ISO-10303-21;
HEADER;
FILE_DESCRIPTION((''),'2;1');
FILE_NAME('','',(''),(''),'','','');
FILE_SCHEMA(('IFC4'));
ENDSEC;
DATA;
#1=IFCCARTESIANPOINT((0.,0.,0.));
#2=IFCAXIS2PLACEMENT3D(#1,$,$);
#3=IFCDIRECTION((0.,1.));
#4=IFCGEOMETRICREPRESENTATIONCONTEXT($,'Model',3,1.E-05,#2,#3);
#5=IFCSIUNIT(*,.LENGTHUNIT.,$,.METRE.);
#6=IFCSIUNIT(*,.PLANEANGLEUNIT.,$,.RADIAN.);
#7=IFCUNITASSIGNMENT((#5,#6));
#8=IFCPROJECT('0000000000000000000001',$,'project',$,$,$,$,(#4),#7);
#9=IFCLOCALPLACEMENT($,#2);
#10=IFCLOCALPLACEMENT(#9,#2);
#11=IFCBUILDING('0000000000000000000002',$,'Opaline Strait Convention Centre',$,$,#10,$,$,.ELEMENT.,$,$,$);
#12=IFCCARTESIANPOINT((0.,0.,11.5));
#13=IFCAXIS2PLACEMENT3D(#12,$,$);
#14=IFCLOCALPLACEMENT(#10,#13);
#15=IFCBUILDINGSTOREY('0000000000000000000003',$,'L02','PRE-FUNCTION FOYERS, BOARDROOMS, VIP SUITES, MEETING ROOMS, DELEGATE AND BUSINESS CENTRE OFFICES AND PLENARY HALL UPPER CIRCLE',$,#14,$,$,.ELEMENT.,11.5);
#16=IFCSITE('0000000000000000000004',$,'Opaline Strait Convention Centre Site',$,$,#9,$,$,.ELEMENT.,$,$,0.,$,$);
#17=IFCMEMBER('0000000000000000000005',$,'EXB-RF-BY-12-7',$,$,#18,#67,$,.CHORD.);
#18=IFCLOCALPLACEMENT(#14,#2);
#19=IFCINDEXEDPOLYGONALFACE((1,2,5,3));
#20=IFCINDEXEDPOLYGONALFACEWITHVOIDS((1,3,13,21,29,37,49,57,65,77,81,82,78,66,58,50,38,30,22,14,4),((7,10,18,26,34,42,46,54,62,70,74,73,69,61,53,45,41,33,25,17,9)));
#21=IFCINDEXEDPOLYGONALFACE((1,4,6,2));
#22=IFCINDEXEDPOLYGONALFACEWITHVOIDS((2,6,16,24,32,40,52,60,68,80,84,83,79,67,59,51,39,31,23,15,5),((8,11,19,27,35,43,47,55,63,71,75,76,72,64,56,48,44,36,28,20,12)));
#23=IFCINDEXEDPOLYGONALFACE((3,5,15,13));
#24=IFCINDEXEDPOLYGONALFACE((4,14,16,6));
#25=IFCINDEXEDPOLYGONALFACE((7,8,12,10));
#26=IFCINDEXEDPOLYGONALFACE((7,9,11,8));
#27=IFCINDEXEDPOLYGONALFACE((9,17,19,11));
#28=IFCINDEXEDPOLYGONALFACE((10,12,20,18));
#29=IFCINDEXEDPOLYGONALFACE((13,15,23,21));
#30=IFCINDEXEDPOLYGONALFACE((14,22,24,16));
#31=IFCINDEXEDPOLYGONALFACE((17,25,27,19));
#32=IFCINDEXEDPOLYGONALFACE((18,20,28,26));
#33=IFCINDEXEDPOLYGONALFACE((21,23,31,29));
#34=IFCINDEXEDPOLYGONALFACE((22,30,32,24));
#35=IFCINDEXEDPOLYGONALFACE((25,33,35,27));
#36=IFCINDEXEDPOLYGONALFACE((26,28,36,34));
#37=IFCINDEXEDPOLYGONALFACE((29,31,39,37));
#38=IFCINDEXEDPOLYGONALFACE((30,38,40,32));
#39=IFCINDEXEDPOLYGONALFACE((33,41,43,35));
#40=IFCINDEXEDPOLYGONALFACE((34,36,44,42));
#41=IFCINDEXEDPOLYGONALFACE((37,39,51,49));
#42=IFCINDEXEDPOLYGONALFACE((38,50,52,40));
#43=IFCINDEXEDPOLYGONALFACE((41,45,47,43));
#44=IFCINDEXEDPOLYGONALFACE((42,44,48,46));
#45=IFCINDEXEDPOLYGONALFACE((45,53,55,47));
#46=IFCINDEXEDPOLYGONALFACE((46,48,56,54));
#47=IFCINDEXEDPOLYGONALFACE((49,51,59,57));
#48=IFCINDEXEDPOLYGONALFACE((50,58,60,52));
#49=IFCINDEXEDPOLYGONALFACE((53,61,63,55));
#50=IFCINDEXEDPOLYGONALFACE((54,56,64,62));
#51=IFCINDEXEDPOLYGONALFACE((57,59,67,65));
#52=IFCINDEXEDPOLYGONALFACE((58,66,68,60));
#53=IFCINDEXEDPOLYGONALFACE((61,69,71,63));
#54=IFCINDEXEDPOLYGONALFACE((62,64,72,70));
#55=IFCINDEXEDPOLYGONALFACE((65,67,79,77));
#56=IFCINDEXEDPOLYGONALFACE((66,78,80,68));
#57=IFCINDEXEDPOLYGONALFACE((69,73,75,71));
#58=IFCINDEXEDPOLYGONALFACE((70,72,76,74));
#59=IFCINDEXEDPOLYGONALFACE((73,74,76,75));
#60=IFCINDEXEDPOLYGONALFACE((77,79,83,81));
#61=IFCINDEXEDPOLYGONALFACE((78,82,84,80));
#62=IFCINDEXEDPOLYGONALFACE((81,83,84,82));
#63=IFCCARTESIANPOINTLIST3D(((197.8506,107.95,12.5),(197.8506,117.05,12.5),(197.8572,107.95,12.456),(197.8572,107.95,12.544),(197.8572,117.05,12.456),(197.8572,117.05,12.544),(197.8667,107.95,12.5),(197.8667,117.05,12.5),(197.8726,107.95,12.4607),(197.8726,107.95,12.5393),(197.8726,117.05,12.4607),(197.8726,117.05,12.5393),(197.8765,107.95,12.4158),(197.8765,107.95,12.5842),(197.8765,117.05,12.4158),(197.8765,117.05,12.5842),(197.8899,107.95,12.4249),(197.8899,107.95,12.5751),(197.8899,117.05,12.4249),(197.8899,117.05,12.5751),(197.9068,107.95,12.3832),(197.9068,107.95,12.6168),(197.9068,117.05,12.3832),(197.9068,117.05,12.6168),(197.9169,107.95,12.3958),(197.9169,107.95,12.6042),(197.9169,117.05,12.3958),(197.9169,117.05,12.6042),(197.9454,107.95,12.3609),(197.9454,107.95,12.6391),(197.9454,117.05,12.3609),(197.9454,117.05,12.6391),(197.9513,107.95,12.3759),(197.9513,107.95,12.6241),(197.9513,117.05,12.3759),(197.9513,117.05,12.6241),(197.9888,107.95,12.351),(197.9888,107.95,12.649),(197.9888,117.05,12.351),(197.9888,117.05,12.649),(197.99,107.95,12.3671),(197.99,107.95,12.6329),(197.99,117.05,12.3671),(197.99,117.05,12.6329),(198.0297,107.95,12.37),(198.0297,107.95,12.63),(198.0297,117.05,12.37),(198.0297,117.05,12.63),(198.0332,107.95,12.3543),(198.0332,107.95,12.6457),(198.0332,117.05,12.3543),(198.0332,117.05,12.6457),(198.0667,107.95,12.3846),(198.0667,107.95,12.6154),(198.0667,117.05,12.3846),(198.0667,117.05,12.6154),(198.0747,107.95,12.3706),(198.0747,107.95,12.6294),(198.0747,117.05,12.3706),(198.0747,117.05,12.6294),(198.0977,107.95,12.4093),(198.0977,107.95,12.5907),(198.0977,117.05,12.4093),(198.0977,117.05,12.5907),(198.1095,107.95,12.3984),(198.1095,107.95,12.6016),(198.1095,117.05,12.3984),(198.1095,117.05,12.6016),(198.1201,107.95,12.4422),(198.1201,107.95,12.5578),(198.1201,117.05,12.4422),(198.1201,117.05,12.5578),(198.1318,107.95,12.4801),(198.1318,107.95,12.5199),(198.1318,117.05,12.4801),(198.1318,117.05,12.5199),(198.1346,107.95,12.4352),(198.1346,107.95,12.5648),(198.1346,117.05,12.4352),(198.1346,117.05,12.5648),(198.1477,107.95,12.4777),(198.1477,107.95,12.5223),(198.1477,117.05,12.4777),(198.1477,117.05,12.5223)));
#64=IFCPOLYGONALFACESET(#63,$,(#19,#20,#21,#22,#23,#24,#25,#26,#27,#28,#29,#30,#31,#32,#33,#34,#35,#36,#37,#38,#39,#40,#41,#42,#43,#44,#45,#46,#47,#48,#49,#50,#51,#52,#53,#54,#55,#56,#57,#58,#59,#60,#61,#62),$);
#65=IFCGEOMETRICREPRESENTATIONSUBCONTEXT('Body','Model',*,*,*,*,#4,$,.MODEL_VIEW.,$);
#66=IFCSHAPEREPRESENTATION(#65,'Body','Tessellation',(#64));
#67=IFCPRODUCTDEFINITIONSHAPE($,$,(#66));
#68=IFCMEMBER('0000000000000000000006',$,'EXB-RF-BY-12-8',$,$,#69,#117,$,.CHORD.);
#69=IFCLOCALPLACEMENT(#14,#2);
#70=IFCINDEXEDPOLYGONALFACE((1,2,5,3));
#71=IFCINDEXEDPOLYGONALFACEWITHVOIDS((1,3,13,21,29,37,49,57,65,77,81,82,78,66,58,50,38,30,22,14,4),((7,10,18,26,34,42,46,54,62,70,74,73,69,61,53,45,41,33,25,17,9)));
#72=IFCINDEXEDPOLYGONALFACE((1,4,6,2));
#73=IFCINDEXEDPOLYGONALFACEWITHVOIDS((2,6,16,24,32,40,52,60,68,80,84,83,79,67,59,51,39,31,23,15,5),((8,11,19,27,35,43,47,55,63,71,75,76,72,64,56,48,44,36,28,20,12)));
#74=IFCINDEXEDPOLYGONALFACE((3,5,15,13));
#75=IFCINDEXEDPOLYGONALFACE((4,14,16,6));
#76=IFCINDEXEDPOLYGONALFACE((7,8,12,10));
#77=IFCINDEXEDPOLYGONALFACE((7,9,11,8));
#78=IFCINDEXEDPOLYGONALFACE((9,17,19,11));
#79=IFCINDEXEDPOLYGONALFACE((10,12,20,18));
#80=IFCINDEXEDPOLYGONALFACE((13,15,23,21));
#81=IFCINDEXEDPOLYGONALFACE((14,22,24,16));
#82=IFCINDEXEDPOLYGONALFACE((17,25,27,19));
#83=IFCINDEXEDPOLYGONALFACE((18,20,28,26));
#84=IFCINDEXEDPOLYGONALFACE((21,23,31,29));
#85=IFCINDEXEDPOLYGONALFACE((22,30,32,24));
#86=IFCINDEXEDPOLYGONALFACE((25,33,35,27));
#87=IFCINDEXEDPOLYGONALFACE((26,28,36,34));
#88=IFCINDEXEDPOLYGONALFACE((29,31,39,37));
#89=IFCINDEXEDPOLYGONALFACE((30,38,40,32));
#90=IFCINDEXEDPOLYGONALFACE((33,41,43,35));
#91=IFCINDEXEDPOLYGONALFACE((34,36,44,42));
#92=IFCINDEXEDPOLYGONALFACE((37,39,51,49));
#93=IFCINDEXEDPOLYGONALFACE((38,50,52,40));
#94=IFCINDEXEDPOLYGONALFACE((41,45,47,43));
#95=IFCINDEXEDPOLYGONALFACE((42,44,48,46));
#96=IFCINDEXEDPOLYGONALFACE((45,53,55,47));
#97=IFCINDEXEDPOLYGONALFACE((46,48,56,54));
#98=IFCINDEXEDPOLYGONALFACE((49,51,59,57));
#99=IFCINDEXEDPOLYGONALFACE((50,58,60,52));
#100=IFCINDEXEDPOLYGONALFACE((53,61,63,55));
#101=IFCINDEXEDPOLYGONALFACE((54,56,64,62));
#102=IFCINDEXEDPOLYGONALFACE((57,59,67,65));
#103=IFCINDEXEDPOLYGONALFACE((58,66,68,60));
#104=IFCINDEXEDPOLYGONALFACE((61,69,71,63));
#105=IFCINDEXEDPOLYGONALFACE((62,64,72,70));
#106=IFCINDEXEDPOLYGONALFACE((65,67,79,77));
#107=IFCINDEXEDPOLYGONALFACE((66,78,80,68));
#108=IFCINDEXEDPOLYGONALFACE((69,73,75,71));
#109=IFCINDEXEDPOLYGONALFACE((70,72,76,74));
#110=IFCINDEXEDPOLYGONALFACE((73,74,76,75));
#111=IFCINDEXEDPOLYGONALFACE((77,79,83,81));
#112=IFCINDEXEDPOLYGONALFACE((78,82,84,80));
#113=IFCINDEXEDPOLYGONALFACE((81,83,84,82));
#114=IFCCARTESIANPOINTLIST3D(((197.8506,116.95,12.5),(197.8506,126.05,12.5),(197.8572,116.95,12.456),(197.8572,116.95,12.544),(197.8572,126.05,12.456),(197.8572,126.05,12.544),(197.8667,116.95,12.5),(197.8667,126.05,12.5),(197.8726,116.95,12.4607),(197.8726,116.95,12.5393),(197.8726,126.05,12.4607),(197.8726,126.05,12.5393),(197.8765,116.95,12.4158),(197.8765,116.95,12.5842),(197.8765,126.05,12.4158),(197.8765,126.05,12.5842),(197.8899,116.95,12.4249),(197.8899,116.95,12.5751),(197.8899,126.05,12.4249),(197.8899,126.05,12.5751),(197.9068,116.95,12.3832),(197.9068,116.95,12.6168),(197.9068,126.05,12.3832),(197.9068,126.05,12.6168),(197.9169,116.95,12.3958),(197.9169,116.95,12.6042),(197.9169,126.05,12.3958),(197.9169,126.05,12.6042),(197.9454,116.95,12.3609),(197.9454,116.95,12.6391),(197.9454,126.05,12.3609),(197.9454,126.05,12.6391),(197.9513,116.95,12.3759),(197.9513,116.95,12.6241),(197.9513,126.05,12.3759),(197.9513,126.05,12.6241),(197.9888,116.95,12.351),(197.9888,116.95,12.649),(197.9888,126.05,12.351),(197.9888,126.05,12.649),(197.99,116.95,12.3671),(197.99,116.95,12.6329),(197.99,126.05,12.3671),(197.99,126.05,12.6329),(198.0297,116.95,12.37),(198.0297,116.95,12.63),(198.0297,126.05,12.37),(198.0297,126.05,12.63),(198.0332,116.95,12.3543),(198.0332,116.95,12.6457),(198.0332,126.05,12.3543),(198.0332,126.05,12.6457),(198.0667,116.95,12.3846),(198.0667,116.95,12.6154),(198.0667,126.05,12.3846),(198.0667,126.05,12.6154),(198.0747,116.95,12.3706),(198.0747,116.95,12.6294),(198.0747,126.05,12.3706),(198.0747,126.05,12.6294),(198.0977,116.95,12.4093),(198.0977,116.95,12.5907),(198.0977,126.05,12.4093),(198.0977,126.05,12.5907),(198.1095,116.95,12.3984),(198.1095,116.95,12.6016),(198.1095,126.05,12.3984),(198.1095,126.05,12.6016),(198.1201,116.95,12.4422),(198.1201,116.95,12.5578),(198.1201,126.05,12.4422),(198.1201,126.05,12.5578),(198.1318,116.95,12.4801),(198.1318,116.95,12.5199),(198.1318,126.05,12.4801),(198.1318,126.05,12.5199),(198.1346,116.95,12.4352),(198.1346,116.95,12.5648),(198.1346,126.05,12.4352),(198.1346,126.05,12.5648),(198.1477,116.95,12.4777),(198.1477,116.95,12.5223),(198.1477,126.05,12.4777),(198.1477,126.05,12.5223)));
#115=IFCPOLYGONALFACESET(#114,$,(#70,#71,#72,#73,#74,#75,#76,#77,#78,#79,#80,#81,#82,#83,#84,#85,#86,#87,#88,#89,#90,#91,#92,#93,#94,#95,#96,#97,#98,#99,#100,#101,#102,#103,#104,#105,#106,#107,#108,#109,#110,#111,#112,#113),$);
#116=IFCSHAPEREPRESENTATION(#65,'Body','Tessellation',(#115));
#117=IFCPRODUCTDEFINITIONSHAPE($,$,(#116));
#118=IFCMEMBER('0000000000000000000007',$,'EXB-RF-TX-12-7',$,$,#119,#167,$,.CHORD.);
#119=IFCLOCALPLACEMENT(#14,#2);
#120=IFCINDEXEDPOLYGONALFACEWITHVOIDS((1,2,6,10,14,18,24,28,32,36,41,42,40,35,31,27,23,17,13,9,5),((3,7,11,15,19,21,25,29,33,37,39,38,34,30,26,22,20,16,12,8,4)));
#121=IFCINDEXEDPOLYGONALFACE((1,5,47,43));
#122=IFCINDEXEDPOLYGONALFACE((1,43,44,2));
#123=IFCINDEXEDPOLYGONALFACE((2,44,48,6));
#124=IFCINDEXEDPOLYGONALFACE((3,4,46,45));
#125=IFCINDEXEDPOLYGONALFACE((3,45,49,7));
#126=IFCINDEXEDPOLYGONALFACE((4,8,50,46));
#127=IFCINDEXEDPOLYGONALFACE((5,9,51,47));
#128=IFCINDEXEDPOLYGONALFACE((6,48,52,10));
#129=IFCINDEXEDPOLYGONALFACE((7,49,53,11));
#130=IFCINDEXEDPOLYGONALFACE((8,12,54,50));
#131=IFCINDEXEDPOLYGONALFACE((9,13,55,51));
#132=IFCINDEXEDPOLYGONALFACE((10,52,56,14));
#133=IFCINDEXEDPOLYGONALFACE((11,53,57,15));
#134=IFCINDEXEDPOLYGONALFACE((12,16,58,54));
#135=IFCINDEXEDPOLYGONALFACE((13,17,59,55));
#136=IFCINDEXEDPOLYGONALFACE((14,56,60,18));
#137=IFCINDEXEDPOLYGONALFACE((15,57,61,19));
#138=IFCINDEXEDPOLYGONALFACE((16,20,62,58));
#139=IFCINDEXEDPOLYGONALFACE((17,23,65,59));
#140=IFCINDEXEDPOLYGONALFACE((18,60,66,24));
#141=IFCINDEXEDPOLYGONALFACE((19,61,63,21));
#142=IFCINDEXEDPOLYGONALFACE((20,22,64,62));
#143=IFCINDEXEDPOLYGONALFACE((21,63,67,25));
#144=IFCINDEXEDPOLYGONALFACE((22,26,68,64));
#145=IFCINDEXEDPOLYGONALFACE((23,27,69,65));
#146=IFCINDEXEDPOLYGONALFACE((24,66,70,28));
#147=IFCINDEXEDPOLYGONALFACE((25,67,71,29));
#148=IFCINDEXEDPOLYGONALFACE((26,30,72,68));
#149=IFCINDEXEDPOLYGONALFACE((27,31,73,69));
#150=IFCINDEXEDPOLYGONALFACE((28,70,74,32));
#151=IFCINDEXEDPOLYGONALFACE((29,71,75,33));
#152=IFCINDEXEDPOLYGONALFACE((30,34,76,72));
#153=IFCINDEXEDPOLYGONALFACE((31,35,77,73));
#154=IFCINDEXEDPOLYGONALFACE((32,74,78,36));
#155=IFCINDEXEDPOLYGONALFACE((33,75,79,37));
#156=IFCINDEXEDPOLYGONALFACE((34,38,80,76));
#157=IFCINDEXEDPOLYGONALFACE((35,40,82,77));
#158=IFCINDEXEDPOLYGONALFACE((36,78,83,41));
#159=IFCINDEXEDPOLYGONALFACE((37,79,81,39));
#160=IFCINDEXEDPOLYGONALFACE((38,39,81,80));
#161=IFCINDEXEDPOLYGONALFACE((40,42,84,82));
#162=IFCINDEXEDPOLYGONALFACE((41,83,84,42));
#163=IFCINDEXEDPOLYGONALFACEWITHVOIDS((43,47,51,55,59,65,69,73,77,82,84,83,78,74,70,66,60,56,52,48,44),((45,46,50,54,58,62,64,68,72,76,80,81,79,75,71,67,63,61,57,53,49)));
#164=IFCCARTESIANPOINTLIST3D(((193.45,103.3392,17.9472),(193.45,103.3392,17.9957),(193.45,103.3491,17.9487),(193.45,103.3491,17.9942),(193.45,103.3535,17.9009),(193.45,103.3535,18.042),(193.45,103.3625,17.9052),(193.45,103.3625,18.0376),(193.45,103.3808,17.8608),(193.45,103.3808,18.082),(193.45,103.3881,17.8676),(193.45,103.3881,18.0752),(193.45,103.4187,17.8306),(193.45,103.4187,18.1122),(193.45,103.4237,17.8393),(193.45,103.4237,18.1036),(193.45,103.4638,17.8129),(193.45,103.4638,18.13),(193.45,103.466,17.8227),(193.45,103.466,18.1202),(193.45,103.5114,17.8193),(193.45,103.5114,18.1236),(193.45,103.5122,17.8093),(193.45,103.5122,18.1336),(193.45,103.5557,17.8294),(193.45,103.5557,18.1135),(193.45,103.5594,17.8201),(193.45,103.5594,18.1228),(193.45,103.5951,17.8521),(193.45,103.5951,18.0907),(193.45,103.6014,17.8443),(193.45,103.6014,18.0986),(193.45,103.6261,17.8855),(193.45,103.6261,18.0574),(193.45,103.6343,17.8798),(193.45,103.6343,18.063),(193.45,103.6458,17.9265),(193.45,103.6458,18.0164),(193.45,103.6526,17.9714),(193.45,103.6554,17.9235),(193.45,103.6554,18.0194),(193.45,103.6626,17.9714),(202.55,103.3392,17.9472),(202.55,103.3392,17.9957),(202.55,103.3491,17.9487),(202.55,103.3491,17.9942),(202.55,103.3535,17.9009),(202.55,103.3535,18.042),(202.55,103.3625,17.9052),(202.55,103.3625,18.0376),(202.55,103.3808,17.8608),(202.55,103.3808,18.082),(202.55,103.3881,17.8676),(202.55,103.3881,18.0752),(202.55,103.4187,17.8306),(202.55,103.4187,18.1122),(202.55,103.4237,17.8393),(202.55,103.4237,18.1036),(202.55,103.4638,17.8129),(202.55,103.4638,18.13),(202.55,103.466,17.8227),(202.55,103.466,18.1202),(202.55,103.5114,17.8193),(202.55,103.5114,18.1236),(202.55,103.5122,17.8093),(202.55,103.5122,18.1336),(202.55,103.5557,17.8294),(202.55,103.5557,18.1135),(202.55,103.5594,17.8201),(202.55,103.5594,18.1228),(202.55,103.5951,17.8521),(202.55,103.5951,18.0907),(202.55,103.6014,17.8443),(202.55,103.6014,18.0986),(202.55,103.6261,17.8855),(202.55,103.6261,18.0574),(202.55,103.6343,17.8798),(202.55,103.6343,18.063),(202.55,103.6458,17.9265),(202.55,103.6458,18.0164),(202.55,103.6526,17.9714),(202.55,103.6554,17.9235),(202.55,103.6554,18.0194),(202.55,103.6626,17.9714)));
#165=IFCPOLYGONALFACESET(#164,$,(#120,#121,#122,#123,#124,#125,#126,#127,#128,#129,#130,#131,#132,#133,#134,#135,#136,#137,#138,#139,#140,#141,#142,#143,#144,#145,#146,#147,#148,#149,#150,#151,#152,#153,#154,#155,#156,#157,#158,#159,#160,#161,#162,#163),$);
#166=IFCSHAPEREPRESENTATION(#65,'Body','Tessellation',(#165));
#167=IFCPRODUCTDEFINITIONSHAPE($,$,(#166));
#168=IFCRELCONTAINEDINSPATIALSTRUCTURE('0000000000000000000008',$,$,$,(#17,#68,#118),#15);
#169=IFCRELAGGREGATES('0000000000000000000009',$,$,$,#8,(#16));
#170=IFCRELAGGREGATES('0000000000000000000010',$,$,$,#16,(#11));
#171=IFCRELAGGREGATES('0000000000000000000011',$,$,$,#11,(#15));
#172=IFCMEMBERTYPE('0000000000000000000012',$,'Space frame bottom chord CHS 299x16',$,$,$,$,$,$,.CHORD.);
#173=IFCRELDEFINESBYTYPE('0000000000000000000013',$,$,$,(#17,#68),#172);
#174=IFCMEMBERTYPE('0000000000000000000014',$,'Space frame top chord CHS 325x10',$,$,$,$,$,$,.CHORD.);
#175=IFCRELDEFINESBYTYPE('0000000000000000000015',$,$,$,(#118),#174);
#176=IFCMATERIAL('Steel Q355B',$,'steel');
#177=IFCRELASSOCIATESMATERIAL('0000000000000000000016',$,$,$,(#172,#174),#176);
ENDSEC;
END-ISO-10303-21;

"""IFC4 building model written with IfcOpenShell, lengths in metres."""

from ifc_helpers import new_model, si_unit, direction, frame, origin, origin_2d, place, context, subcontext, project, spatial, hollow_circle, extrude, material, material_profile, profile_set, type_object, element, save


model = new_model("IFC4")

# Units and contexts
model_context = context("Model", 3, precision=1e-05, world=origin(), true_north=direction((0.0, 1.0)))
body_context = subcontext(model_context, "Body", "Model", "MODEL_VIEW")
ifc_project = project(units=[si_unit("LENGTHUNIT", "METRE"), si_unit("PLANEANGLEUNIT", "RADIAN")], contexts=[model_context])

# Site, building, storey
site_placement = place(None, origin())
site = spatial("IfcSite", under=ifc_project, at=site_placement, Name="Opaline Strait Convention Centre Site", CompositionType="ELEMENT", RefElevation=0.0)
building_placement = place(site_placement, origin())
building = spatial("IfcBuilding", under=site, at=building_placement, Name="Opaline Strait Convention Centre", CompositionType="ELEMENT")
storey_placement = place(building_placement, frame((0.0, 0.0, 11.5)))
storey = spatial("IfcBuildingStorey", under=building, at=storey_placement, Name="L02", Description="PRE-FUNCTION FOYERS, BOARDROOMS, VIP SUITES, MEETING ROOMS, DELEGATE AND BUSINESS CENTRE OFFICES AND PLENARY HALL UPPER CIRCLE", CompositionType="ELEMENT", Elevation=11.5)

# Members
ifc_material = material(Name="Steel Q355B", Category="steel")
ifc_material_profile_1 = material_profile(ifc_material, hollow_circle(Radius=0.1494, WallThickness=0.0161, at=origin_2d()), Name="CHS 299x16")
ifc_profile_set_1 = profile_set([ifc_material_profile_1], Name="Steel Q355B")
member_type_1 = type_object("IfcMemberType", Name="Space frame bottom chord CHS 299x16", PredefinedType="CHORD", material=ifc_profile_set_1)
for number, where, z_axis, x_axis, name in (
    (1, (198.0, 107.95, 12.5), (0.0, 1.0, 0.0), (-1.0, 0.0, 0.0), "EXB-RF-BY-12-7"),
    (2, (198.0, 116.95, 12.5), (0.0, 1.0, 0.0), (-1.0, 0.0, 0.0), "EXB-RF-BY-12-8"),
):
    element("IfcMember", number, at=place(storey_placement, frame(where, z_axis=z_axis, x_axis=x_axis)), inside=storey, type_object=member_type_1, Name=name, PredefinedType="CHORD", context=body_context, shape_type="SweptSolid", body=[
        extrude(hollow_circle(Radius=0.1494, WallThickness=0.0161, at=origin_2d()), origin(), (0.0, 0.0, 1.0), 9.1001),
    ])
ifc_material_profile_2 = material_profile(ifc_material, hollow_circle(Radius=0.1626, WallThickness=0.01, at=origin_2d()), Name="CHS 325x10")
ifc_profile_set_2 = profile_set([ifc_material_profile_2], Name="Steel Q355B")
member_type_2 = type_object("IfcMemberType", Name="Space frame top chord CHS 325x10", PredefinedType="CHORD", material=ifc_profile_set_2)
for number, where, z_axis, x_axis, name in (
    (3, (193.45, 103.5, 17.9714), (1.0, 0.0, 0.0), (0.0, 1.0, 0.0), "EXB-RF-TX-12-7"),
):
    element("IfcMember", number, at=place(storey_placement, frame(where, z_axis=z_axis, x_axis=x_axis)), inside=storey, type_object=member_type_2, Name=name, PredefinedType="CHORD", context=body_context, shape_type="SweptSolid", body=[
        extrude(hollow_circle(Radius=0.1626, WallThickness=0.01, at=origin_2d()), origin(), (0.0, 0.0, 1.0), 9.1001),
    ])

save(model, "model.ifc")
